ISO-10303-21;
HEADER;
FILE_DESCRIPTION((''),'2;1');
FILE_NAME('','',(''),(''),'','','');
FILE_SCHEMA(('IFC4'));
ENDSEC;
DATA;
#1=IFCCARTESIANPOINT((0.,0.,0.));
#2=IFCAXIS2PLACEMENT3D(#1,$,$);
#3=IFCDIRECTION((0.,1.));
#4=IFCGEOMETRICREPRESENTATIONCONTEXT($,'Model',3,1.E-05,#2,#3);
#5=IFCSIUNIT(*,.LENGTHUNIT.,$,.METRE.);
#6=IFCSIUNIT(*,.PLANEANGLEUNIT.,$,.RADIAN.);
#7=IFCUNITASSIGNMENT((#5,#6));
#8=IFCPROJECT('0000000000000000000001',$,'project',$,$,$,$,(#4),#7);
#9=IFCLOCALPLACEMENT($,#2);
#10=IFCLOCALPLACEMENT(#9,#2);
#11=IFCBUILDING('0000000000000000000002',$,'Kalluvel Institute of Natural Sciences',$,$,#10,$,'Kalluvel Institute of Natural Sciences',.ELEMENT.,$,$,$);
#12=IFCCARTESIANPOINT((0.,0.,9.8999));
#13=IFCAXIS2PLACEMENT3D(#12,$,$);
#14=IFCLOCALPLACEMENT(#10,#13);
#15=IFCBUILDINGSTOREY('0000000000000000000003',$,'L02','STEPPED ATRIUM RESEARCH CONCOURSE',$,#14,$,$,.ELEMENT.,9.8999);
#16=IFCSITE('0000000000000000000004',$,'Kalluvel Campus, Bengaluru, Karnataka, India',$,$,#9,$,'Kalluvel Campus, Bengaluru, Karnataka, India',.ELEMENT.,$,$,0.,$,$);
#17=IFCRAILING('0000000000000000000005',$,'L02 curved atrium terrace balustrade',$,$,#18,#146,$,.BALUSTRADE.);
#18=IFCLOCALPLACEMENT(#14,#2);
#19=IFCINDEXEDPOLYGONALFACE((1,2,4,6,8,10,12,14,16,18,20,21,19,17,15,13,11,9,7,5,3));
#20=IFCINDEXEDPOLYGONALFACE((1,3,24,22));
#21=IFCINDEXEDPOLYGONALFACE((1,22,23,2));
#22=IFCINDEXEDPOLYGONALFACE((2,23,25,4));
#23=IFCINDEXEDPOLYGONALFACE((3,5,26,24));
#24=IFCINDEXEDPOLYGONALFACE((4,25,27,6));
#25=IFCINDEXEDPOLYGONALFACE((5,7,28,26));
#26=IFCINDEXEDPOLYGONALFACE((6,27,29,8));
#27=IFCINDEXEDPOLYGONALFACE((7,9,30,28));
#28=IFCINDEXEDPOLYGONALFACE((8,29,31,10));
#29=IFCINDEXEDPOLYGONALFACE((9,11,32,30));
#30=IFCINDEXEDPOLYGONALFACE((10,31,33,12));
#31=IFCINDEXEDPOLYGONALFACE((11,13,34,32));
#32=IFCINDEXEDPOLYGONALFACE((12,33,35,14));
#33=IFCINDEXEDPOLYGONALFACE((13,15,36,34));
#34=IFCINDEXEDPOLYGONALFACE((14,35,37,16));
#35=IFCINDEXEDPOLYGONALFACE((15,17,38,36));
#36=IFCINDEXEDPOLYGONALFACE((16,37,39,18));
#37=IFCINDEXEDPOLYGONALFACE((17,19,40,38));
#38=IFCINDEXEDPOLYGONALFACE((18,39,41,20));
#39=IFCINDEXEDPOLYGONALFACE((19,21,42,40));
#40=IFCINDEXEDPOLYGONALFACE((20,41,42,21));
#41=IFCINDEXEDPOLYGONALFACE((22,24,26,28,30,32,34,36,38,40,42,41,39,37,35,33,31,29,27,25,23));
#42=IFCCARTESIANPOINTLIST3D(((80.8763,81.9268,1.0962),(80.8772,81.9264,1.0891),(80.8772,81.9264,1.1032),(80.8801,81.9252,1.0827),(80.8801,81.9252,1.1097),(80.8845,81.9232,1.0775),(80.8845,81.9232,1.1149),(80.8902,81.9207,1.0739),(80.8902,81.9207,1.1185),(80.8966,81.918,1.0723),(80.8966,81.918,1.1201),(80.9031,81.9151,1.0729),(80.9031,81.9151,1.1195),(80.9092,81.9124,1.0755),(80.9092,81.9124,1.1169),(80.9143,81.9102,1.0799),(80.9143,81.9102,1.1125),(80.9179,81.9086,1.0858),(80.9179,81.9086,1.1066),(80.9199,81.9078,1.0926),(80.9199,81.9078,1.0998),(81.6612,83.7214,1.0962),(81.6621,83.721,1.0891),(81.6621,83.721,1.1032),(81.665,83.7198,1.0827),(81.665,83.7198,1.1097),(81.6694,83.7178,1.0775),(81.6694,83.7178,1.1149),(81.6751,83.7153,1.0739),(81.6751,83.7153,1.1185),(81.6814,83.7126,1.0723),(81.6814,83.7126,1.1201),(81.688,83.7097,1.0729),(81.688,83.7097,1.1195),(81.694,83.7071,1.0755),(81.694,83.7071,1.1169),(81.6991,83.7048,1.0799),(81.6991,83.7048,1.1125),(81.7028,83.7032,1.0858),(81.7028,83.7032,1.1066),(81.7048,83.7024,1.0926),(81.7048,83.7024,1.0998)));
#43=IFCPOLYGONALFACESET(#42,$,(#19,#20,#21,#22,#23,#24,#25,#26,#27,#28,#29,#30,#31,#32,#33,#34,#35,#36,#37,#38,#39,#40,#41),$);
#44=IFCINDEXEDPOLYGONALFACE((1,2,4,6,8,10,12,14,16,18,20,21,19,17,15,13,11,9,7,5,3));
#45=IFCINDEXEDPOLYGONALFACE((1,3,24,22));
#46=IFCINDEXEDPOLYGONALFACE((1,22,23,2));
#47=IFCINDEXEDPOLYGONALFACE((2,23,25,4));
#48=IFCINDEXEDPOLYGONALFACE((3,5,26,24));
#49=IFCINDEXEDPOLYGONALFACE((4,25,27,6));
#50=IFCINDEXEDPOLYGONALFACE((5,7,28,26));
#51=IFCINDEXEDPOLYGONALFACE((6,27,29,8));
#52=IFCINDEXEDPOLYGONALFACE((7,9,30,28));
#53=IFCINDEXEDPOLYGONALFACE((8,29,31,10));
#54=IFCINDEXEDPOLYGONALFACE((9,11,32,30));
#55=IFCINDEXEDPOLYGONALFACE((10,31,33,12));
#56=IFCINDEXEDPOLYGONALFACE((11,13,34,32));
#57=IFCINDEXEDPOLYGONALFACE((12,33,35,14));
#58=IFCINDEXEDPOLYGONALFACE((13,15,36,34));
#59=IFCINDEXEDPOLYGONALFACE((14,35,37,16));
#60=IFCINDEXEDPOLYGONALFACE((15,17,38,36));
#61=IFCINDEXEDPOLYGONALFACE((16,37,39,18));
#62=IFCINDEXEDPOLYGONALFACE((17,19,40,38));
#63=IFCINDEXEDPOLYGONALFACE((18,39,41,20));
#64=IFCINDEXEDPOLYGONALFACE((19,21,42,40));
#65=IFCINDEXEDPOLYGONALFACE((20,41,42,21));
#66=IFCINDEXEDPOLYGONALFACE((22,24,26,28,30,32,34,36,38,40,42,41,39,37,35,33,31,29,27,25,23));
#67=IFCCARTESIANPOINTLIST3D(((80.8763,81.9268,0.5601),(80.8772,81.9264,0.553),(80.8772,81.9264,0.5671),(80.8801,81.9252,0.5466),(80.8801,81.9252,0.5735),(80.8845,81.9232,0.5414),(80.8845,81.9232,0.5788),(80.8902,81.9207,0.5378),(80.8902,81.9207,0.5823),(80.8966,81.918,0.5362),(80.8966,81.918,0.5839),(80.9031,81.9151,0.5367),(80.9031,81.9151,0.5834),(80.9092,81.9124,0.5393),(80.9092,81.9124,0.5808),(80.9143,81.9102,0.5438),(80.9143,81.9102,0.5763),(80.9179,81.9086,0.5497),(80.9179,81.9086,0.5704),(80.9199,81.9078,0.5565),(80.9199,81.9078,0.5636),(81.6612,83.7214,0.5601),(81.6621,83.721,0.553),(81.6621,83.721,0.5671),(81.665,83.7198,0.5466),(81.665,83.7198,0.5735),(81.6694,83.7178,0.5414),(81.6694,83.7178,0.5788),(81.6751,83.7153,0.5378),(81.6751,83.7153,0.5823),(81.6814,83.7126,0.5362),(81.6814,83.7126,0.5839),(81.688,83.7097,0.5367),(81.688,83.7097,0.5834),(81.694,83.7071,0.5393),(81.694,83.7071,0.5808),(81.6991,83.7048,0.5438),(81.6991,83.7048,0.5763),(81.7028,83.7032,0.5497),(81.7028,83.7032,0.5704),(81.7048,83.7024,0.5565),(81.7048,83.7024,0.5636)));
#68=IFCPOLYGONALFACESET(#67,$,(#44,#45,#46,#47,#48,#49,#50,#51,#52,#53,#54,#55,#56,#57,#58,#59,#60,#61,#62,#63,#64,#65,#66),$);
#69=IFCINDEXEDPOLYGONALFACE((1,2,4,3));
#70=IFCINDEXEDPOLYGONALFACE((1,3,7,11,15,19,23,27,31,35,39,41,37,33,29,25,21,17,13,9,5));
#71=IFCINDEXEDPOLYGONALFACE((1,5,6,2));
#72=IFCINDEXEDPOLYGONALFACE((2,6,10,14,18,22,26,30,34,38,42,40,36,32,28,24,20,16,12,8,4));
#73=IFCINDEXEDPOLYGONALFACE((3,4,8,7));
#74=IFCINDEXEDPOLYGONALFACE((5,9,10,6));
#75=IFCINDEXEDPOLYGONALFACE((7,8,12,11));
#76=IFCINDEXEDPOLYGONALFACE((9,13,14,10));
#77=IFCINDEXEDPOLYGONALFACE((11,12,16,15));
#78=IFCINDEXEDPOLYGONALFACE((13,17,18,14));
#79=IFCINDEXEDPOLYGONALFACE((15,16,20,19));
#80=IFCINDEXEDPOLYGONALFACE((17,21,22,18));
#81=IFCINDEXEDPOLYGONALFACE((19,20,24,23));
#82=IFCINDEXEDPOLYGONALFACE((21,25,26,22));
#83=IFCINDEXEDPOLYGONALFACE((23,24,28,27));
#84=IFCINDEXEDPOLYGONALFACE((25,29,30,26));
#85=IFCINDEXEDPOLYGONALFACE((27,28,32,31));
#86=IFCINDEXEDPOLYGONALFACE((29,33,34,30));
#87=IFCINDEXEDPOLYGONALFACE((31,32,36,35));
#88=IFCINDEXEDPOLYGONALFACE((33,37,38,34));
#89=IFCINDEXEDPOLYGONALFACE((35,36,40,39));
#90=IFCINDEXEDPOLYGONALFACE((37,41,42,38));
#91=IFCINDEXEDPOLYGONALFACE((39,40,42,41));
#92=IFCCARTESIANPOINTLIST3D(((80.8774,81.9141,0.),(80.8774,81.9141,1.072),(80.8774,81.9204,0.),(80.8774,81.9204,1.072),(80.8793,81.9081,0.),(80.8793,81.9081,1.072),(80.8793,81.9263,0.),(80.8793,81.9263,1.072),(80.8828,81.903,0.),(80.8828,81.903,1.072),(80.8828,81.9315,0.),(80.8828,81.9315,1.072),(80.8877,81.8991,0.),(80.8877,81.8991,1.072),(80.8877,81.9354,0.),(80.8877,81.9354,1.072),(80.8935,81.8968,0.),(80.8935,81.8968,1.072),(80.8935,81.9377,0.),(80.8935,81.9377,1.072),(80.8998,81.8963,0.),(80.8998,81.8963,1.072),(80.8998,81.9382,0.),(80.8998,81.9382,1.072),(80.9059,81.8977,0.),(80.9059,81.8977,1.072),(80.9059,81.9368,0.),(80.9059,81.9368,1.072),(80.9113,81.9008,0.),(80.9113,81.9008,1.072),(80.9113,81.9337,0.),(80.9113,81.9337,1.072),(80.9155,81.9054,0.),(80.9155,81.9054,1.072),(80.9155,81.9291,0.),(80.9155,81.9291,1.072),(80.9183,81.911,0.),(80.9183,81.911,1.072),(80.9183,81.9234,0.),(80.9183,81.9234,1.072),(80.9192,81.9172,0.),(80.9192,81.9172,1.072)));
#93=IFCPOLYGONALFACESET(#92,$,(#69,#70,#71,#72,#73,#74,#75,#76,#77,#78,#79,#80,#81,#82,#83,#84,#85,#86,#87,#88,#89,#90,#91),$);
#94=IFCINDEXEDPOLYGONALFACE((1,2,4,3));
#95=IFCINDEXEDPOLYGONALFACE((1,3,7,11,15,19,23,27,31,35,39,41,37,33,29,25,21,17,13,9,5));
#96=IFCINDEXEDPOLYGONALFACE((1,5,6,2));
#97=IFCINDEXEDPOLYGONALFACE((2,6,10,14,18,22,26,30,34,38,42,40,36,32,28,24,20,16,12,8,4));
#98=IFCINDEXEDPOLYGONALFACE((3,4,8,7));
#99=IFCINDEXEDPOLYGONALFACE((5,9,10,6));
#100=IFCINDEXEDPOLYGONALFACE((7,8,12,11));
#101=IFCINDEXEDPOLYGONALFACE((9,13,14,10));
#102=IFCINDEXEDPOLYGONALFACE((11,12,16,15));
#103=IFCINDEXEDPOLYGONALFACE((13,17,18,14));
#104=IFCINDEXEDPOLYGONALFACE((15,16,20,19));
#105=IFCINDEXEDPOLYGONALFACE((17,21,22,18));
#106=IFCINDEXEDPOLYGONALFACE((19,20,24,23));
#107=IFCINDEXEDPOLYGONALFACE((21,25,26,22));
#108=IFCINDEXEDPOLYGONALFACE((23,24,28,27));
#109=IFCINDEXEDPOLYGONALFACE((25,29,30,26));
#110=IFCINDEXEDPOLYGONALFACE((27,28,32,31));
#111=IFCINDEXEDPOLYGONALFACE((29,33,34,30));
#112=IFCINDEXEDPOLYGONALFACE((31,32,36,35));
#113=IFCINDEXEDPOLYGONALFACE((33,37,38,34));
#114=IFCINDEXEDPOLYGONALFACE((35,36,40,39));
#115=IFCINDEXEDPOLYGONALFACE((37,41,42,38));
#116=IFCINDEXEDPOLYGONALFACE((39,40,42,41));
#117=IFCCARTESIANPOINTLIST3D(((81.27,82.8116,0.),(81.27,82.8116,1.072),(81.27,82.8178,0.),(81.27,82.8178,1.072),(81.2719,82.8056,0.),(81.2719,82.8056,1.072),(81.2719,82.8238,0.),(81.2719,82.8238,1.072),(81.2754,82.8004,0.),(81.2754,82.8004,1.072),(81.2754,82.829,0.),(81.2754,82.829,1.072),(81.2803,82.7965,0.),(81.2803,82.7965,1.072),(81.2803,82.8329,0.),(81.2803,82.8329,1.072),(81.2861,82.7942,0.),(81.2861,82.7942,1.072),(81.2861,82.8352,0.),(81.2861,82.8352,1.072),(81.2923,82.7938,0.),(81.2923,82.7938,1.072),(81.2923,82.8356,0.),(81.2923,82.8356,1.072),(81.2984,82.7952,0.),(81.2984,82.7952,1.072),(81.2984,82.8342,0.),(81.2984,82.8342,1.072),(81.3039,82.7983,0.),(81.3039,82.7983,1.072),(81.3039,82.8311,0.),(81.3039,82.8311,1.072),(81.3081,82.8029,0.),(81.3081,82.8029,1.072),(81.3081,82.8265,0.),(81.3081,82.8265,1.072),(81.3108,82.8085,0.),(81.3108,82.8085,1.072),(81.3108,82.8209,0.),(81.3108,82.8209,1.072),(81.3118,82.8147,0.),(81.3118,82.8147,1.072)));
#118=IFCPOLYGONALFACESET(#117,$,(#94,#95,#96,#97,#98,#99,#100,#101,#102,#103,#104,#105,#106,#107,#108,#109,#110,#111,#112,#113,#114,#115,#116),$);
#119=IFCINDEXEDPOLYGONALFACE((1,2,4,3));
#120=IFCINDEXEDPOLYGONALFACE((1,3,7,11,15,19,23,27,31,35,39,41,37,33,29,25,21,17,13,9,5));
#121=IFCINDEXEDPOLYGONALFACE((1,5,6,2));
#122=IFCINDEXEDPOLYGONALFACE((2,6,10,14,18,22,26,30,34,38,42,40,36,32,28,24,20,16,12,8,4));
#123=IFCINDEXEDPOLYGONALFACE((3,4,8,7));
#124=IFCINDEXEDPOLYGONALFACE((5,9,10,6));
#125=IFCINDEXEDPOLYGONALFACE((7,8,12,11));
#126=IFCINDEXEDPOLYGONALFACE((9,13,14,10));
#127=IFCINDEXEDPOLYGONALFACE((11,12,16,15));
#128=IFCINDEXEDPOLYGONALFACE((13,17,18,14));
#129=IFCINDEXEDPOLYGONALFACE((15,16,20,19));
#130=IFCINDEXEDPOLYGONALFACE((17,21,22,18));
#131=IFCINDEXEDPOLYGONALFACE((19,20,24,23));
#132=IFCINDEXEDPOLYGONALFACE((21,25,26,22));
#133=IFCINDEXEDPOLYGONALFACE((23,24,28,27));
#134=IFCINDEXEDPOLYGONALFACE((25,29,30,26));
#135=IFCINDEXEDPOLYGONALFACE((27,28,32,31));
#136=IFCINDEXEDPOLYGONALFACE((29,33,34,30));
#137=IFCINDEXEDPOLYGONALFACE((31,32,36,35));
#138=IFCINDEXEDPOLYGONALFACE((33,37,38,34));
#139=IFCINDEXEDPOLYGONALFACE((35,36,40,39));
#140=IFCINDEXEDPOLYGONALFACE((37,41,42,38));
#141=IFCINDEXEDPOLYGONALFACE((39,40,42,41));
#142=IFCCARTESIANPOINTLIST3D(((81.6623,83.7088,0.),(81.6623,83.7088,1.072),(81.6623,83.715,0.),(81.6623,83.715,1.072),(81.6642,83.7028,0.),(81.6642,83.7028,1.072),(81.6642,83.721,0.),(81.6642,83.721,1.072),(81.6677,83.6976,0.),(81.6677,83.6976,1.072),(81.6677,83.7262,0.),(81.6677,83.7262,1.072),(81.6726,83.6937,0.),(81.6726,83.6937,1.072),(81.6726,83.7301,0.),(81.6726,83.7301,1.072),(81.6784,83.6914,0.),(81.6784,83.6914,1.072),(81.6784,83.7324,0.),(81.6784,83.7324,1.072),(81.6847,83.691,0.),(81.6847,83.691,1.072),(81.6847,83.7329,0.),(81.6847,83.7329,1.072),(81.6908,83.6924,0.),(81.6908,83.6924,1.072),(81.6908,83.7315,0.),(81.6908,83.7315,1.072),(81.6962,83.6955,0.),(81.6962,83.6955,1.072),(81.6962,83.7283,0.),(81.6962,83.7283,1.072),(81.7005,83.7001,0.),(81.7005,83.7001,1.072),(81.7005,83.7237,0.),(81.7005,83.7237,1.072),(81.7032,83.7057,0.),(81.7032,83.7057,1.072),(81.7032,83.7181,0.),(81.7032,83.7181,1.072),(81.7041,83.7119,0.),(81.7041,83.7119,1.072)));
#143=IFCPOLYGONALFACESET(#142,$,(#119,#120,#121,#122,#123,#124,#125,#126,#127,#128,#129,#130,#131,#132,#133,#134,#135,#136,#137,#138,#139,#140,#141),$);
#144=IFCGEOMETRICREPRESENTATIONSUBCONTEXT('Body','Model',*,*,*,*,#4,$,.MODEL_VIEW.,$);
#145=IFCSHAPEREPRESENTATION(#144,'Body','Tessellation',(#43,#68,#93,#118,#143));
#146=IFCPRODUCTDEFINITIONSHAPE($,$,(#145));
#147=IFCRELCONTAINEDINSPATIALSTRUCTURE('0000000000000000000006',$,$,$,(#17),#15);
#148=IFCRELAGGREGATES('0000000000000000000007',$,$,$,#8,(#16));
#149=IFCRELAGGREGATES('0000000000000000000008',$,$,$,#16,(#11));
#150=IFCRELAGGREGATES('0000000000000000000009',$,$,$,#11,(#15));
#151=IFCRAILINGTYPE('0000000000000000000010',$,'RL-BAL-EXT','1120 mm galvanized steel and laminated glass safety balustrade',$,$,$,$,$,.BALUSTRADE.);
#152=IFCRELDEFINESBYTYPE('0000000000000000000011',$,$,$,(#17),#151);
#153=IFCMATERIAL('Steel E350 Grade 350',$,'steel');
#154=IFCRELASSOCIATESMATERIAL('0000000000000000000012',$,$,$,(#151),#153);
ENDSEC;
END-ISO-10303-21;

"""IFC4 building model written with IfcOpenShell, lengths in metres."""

from ifc_helpers import new_model, si_unit, direction, frame, origin, origin_2d, place, context, subcontext, project, spatial, circle, extrude, material, type_object, element, save


model = new_model("IFC4")

# Units and contexts
model_context = context("Model", 3, precision=1e-05, world=origin(), true_north=direction((0.0, 1.0)))
body_context = subcontext(model_context, "Body", "Model", "MODEL_VIEW")
ifc_project = project(units=[si_unit("LENGTHUNIT", "METRE"), si_unit("PLANEANGLEUNIT", "RADIAN")], contexts=[model_context])

# Site, building, storey
site_placement = place(None, origin())
site = spatial("IfcSite", under=ifc_project, at=site_placement, Name="Kalluvel Campus, Bengaluru, Karnataka, India", LongName="Kalluvel Campus, Bengaluru, Karnataka, India", CompositionType="ELEMENT", RefElevation=0.0)
building_placement = place(site_placement, origin())
building = spatial("IfcBuilding", under=site, at=building_placement, Name="Kalluvel Institute of Natural Sciences", LongName="Kalluvel Institute of Natural Sciences", CompositionType="ELEMENT")
storey_placement = place(building_placement, frame((0.0, 0.0, 9.8999)))
storey = spatial("IfcBuildingStorey", under=building, at=storey_placement, Name="L02", Description="STEPPED ATRIUM RESEARCH CONCOURSE", CompositionType="ELEMENT", Elevation=9.8999)

# Railing
ifc_material_1 = material(Name="Steel E350 Grade 350", Category="steel")
railing_type = type_object("IfcRailingType", Name="RL-BAL-EXT", Description="1120 mm galvanized steel and laminated glass safety balustrade", PredefinedType="BALUSTRADE", material=ifc_material_1)
railing_1_placement = place(storey_placement, frame((80.8982, 81.9172, 0.0)))
element("IfcRailing", 1, at=railing_1_placement, inside=storey, type_object=railing_type, Name="L02 curved atrium terrace balustrade", PredefinedType="BALUSTRADE", context=body_context, shape_type="SweptSolid", body=[
    extrude(circle(Radius=0.0239, at=origin_2d()), frame((0.0, 0.0, 1.0962), z_axis=(0.400708, 0.916206, 0.0), x_axis=(-0.916206, 0.400708, 0.0)), (0.0, 0.0, 1.0), 1.9587),
    extrude(circle(Radius=0.0239, at=origin_2d()), frame((0.0, 0.0, 0.5601), z_axis=(0.400708, 0.916206, 0.0), x_axis=(-0.916206, 0.400708, 0.0)), (0.0, 0.0, 1.0), 1.9587),
    extrude(circle(Radius=0.021, at=origin_2d()), origin(), (0.0, 0.0, 1.0), 1.072),
    extrude(circle(Radius=0.021, at=origin_2d()), frame((0.3926, 0.8975, 0.0)), (0.0, 0.0, 1.0), 1.072),
    extrude(circle(Radius=0.021, at=origin_2d()), frame((0.7849, 1.7947, 0.0)), (0.0, 0.0, 1.0), 1.072),
])

save(model, "model.ifc")
